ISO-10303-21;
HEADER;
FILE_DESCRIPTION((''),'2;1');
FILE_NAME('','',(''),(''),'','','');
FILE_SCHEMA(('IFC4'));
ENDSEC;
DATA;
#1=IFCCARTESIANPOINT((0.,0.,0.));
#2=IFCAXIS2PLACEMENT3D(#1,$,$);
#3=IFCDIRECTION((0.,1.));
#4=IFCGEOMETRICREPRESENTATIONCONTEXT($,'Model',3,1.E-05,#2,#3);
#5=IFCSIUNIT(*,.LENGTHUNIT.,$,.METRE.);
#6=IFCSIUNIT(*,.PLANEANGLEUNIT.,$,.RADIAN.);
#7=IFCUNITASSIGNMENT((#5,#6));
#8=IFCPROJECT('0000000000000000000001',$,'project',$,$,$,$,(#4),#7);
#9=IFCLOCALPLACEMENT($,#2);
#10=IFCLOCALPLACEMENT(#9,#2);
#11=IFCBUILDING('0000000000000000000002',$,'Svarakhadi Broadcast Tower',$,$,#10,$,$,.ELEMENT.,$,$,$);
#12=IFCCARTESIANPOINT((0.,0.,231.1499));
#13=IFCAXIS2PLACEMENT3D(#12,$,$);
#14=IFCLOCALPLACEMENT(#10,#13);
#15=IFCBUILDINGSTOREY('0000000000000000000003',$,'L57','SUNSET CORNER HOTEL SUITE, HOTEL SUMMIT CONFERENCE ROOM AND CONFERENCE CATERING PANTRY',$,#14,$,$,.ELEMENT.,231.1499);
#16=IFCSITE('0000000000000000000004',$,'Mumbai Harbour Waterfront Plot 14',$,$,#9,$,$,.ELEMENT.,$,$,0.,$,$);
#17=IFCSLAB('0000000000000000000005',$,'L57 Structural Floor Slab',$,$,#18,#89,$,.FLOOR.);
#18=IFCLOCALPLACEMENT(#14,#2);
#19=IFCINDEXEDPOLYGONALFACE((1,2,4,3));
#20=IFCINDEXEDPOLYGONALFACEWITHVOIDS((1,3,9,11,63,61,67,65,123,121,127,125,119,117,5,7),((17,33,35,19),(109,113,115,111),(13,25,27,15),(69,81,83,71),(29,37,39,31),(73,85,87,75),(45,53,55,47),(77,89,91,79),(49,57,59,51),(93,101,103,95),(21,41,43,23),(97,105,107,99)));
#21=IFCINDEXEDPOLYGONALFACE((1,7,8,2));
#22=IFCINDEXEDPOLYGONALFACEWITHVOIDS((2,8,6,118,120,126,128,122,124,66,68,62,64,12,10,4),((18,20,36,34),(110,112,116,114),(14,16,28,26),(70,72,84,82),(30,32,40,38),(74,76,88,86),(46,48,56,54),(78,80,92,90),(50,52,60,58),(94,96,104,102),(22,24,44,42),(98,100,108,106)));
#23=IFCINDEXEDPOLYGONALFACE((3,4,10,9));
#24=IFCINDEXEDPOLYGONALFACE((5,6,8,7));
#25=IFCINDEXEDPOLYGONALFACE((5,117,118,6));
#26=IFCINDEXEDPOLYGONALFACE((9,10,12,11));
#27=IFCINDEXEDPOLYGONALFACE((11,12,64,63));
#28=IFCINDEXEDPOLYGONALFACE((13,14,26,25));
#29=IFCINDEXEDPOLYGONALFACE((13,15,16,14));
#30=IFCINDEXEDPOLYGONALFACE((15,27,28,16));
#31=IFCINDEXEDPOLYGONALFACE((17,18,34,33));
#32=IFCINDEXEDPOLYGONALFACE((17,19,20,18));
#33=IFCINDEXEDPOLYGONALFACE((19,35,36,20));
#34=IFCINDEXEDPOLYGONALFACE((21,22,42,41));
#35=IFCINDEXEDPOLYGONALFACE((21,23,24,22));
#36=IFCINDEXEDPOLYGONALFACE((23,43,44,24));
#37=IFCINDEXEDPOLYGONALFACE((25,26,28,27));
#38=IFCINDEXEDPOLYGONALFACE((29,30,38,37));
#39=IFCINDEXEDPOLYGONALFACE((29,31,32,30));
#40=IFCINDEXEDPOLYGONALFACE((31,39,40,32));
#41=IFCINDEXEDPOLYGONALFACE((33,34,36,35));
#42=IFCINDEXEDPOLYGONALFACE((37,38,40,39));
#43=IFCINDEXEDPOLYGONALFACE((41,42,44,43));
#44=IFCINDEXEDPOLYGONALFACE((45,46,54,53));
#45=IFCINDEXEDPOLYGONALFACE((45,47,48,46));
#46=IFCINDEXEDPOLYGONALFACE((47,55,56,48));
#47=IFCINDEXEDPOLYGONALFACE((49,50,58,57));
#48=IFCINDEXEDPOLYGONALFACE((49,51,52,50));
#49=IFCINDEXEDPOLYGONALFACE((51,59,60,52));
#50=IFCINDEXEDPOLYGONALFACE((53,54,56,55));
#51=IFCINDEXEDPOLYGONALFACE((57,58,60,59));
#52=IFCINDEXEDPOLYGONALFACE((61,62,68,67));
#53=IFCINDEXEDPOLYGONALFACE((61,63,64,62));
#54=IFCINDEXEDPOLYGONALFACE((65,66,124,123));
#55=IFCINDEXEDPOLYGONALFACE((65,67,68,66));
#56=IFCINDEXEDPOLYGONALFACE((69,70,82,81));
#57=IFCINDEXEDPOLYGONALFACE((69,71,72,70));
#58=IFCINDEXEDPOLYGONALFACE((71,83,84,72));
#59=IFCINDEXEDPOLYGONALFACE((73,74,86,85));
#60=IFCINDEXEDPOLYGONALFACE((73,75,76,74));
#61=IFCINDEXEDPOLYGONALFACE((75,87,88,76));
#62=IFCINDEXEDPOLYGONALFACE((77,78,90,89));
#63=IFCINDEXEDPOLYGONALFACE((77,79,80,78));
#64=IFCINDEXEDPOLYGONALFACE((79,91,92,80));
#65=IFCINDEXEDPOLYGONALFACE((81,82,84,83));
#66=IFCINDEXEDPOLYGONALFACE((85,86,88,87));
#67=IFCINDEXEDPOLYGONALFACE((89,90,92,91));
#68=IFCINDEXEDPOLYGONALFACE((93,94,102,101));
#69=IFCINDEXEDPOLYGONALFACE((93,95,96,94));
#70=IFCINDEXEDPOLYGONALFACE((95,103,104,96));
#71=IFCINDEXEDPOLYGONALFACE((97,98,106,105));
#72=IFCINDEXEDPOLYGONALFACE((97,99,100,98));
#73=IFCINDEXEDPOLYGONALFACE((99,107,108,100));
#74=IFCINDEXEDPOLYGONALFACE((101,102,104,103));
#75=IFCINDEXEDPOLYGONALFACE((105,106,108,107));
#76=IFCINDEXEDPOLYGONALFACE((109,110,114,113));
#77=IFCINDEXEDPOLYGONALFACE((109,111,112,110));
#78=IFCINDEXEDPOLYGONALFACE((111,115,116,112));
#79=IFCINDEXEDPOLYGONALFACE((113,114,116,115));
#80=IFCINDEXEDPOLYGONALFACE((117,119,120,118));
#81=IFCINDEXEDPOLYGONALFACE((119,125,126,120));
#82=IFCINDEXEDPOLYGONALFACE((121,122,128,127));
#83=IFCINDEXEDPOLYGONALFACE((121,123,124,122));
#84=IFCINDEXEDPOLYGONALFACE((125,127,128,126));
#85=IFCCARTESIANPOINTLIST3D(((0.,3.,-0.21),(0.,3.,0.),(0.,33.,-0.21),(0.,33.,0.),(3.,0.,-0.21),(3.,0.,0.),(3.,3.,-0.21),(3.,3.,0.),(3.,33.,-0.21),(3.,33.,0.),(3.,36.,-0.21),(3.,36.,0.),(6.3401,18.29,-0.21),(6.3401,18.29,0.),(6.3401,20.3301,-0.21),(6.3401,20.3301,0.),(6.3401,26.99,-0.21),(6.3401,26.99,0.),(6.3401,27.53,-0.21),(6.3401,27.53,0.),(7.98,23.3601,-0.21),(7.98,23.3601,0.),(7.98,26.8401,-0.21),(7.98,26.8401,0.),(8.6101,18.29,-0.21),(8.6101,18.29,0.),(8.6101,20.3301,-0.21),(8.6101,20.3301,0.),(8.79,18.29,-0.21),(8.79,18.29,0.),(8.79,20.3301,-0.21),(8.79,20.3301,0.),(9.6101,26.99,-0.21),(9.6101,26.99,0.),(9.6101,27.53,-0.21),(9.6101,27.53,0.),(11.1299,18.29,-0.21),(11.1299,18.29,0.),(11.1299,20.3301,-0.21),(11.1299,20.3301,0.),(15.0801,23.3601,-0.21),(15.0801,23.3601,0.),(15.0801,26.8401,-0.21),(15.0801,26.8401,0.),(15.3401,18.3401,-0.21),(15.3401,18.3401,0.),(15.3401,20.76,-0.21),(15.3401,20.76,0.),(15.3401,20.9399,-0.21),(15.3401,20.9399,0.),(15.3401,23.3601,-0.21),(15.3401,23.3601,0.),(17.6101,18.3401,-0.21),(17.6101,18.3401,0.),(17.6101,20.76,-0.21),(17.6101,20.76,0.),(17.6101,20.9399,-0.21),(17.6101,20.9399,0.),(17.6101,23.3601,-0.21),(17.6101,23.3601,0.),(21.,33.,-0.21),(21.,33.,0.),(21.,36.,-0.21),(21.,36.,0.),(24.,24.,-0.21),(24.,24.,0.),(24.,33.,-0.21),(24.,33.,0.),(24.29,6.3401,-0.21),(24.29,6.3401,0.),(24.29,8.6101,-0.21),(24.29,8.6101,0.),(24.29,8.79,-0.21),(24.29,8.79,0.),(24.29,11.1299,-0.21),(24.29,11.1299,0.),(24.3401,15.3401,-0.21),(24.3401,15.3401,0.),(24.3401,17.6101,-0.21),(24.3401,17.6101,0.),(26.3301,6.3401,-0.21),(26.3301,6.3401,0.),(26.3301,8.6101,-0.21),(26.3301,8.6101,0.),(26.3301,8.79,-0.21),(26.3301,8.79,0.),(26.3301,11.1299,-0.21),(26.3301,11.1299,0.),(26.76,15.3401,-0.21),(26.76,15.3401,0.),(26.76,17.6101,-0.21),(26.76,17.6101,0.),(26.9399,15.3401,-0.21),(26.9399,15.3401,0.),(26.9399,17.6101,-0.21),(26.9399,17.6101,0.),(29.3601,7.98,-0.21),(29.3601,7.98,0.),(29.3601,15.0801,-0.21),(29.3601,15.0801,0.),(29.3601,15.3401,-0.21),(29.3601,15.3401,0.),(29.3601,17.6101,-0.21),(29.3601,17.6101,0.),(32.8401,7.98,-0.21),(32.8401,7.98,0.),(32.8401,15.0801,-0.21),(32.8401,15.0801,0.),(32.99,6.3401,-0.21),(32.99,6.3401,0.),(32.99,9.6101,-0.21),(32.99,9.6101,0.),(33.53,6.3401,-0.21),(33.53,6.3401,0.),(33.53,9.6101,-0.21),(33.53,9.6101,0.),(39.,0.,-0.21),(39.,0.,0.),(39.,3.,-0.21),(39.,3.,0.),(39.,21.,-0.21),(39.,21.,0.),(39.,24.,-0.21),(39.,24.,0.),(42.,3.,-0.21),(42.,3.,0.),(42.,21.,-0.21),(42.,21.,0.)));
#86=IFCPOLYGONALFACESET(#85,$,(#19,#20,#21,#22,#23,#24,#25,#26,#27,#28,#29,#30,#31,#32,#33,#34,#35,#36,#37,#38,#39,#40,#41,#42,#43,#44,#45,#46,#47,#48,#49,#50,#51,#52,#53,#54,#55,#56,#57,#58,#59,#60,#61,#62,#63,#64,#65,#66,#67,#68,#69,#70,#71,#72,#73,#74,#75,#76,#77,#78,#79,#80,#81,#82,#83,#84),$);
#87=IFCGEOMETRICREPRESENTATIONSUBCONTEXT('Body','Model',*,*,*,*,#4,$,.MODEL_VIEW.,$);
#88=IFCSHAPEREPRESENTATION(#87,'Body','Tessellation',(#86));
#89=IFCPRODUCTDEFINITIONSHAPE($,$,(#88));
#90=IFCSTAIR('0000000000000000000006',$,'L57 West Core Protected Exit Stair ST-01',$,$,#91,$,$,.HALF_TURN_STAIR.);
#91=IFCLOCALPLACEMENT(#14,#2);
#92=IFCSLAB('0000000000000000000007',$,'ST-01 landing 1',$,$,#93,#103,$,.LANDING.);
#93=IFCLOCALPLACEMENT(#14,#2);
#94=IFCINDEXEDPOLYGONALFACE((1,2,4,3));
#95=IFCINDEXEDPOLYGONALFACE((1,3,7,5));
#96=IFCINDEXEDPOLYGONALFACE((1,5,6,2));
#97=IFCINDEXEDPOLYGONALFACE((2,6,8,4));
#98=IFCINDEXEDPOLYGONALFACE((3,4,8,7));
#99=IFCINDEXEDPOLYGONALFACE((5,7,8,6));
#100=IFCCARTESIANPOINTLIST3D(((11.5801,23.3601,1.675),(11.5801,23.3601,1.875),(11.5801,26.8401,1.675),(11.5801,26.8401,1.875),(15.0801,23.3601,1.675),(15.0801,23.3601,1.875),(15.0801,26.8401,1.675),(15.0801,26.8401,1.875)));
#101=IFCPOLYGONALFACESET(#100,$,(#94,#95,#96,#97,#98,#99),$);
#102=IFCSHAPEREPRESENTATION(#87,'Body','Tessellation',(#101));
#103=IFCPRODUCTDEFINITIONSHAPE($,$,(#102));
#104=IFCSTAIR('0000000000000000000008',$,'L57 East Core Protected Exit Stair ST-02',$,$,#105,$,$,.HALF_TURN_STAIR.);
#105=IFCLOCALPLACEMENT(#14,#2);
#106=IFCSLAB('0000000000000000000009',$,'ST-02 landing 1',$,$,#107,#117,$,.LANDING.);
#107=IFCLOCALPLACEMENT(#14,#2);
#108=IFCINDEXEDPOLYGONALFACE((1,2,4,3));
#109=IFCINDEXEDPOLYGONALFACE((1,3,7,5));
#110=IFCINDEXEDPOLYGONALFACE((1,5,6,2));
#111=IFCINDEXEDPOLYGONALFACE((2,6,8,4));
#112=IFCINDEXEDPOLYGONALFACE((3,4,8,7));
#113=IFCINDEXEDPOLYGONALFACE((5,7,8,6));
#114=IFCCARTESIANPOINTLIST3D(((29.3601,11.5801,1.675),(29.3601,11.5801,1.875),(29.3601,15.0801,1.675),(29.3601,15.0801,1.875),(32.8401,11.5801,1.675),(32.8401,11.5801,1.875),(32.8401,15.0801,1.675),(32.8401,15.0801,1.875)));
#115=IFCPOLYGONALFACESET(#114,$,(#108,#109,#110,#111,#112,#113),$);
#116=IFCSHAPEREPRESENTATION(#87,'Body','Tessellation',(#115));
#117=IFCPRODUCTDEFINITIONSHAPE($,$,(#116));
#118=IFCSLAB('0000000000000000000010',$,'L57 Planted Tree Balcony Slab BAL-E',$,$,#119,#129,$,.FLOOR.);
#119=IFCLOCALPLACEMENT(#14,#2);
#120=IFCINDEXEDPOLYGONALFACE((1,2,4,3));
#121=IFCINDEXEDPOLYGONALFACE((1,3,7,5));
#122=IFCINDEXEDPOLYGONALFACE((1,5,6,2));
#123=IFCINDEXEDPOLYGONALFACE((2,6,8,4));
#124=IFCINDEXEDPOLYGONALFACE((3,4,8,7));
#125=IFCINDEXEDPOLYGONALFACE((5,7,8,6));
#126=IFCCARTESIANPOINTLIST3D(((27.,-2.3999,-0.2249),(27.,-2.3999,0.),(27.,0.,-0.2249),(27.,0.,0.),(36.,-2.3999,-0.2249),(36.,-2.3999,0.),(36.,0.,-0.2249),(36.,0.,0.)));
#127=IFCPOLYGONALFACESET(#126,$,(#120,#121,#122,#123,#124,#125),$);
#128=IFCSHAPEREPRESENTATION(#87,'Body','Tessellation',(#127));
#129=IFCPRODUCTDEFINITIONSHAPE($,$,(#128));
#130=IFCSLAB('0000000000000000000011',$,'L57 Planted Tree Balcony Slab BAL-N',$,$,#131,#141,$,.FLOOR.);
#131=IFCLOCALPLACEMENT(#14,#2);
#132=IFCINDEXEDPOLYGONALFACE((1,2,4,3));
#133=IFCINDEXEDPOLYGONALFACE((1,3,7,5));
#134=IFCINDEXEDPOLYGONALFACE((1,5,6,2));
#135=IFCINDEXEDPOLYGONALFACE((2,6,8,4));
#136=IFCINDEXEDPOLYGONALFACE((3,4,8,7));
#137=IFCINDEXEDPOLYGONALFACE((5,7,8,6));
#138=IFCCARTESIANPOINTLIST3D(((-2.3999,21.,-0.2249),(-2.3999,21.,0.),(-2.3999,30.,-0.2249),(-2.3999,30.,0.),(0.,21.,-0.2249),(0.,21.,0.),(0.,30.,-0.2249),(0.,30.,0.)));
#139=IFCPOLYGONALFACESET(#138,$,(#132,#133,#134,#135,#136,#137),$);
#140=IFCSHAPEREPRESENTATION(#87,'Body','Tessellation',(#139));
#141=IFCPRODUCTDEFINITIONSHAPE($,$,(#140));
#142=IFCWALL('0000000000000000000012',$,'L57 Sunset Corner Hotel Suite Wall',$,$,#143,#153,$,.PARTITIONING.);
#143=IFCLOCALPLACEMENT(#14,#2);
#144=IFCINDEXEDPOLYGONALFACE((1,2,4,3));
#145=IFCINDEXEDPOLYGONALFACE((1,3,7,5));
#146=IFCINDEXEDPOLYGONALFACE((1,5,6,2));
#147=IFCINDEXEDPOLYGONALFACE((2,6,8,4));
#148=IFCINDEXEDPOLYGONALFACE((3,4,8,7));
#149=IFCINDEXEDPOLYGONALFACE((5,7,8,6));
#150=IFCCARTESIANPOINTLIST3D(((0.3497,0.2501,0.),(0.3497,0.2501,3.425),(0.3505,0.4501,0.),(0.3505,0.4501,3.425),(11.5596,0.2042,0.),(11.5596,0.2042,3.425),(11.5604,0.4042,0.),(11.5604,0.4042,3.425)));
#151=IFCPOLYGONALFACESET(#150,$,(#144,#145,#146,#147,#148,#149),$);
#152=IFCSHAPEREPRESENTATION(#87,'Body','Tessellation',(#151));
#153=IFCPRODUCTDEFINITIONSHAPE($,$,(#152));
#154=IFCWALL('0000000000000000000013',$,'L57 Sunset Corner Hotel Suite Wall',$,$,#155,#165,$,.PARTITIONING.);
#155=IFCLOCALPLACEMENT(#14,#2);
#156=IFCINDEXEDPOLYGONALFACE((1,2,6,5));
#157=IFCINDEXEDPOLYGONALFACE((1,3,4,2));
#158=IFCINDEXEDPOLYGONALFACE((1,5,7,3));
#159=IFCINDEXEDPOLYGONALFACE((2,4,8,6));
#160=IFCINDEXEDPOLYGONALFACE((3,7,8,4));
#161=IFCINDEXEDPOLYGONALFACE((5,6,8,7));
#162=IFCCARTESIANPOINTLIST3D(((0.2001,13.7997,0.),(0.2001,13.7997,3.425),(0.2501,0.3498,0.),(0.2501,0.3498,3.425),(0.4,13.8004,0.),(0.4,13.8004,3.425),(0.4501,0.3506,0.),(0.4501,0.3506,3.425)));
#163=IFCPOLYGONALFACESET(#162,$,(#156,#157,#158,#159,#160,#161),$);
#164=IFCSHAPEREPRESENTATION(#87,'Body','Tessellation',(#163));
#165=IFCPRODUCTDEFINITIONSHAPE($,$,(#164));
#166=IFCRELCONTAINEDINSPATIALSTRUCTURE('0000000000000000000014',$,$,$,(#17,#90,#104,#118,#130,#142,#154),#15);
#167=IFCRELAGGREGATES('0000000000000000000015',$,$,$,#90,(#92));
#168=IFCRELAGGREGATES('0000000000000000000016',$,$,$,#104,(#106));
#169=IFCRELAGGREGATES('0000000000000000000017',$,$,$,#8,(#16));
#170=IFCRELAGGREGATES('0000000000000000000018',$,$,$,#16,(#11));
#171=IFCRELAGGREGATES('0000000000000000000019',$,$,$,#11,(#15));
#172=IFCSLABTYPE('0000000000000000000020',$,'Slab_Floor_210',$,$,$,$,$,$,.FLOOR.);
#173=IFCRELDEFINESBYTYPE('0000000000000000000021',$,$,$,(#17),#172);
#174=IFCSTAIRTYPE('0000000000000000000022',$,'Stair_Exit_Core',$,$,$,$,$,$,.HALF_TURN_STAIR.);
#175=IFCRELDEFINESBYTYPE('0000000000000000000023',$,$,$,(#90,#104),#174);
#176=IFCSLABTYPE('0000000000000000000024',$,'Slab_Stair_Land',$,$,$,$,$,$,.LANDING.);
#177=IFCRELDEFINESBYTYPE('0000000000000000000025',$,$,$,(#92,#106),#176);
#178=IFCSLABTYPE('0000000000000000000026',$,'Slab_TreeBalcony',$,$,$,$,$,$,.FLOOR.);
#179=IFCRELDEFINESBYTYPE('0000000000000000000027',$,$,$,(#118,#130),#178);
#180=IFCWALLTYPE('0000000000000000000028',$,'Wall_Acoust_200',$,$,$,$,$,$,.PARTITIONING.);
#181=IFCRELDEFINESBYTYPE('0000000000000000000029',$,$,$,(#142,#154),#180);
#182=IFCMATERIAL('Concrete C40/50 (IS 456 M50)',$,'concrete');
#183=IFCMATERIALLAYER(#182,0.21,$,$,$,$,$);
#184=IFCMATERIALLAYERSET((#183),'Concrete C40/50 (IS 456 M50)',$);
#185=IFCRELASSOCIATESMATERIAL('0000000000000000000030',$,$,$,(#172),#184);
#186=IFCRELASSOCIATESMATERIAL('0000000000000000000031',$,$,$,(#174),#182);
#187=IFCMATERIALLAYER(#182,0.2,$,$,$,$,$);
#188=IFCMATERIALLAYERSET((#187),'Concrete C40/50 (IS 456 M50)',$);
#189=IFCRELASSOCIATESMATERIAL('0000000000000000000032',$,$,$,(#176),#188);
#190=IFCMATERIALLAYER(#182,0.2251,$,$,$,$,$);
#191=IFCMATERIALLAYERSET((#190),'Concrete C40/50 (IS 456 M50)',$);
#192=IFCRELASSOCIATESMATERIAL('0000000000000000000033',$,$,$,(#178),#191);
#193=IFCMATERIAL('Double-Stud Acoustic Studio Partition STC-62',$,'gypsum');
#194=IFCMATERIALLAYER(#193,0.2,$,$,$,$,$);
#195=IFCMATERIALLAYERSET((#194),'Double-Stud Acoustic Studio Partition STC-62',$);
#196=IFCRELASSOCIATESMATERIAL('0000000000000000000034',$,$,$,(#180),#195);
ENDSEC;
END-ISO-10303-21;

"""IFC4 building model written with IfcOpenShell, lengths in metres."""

from ifc_helpers import new_model, si_unit, direction, frame, frame_2d, origin, place, context, subcontext, project, spatial, polyline, rectangle, outline, extrude, material, layer, layer_set, type_object, element, aggregate, save


model = new_model("IFC4")

# Units and contexts
model_context = context("Model", 3, precision=1e-05, world=origin(), true_north=direction((0.0, 1.0)))
body_context = subcontext(model_context, "Body", "Model", "MODEL_VIEW")
ifc_project = project(units=[si_unit("LENGTHUNIT", "METRE"), si_unit("PLANEANGLEUNIT", "RADIAN")], contexts=[model_context])

# Site, building, storey
site_placement = place(None, origin())
site = spatial("IfcSite", under=ifc_project, at=site_placement, Name="Mumbai Harbour Waterfront Plot 14", CompositionType="ELEMENT", RefElevation=0.0)
building_placement = place(site_placement, origin())
building = spatial("IfcBuilding", under=site, at=building_placement, Name="Svarakhadi Broadcast Tower", CompositionType="ELEMENT")
storey_placement = place(building_placement, frame((0.0, 0.0, 231.1499)))
storey = spatial("IfcBuildingStorey", under=building, at=storey_placement, Name="L57", Description="SUNSET CORNER HOTEL SUITE, HOTEL SUMMIT CONFERENCE ROOM AND CONFERENCE CATERING PANTRY", CompositionType="ELEMENT", Elevation=231.1499)

# Slab
ifc_material_1 = material(Name="Concrete C40/50 (IS 456 M50)", Category="concrete")
ifc_layer_1 = layer(ifc_material_1, 0.21)
ifc_layer_set_1 = layer_set([ifc_layer_1], Name="Concrete C40/50 (IS 456 M50)")
slab_type_1 = type_object("IfcSlabType", Name="Slab_Floor_210", PredefinedType="FLOOR", material=ifc_layer_set_1)
slab_1_placement = place(storey_placement, frame((0.0, 0.0, -0.21)))
element("IfcSlab", 1, at=slab_1_placement, inside=storey, type_object=slab_type_1, Name="L57 Structural Floor Slab", PredefinedType="FLOOR", context=body_context, shape_type="SweptSolid", body=[
    extrude(outline(polyline([(3.0, 0.0), (39.0, 0.0), (39.0, 3.0), (42.0, 3.0), (42.0, 21.0), (39.0, 21.0), (39.0, 24.0), (24.0, 24.0), (24.0, 33.0), (21.0, 33.0), (21.0, 36.0), (3.0, 36.0), (3.0, 33.0), (0.0, 33.0), (0.0, 3.0), (3.0, 3.0), (3.0, 0.0)]), holes=[polyline([(7.98, 23.3601), (15.0801, 23.3601), (15.0801, 26.8401), (7.98, 26.8401), (7.98, 23.3601)]), polyline([(32.8401, 7.98), (32.8401, 15.0801), (29.3601, 15.0801), (29.3601, 7.98), (32.8401, 7.98)]), polyline([(6.3401, 18.29), (8.6101, 18.29), (8.6101, 20.3301), (6.3401, 20.3301), (6.3401, 18.29)]), polyline([(8.79, 18.29), (11.1299, 18.29), (11.1299, 20.3301), (8.79, 20.3301), (8.79, 18.29)]), polyline([(24.29, 6.3401), (26.3301, 6.3401), (26.3301, 8.6101), (24.29, 8.6101), (24.29, 6.3401)]), polyline([(24.29, 8.79), (26.3301, 8.79), (26.3301, 11.1299), (24.29, 11.1299), (24.29, 8.79)]), polyline([(6.3401, 26.99), (9.6101, 26.99), (9.6101, 27.53), (6.3401, 27.53), (6.3401, 26.99)]), polyline([(32.99, 6.3401), (33.53, 6.3401), (33.53, 9.6101), (32.99, 9.6101), (32.99, 6.3401)]), polyline([(15.3401, 18.3401), (17.6101, 18.3401), (17.6101, 20.76), (15.3401, 20.76), (15.3401, 18.3401)]), polyline([(15.3401, 20.9399), (17.6101, 20.9399), (17.6101, 23.3601), (15.3401, 23.3601), (15.3401, 20.9399)]), polyline([(24.3401, 15.3401), (26.76, 15.3401), (26.76, 17.6101), (24.3401, 17.6101), (24.3401, 15.3401)]), polyline([(26.9399, 15.3401), (29.3601, 15.3401), (29.3601, 17.6101), (26.9399, 17.6101), (26.9399, 15.3401)])]), origin(), (0.0, 0.0, 1.0), 0.21),
])

# Stairs, slabs
stair_type = type_object("IfcStairType", Name="Stair_Exit_Core", PredefinedType="HALF_TURN_STAIR", material=ifc_material_1)
stair_1_placement = place(storey_placement, origin())
stair_1 = element("IfcStair", 2, at=stair_1_placement, inside=storey, type_object=stair_type, Name="L57 West Core Protected Exit Stair ST-01", PredefinedType="HALF_TURN_STAIR")
ifc_layer_2 = layer(ifc_material_1, 0.2)
ifc_layer_set_2 = layer_set([ifc_layer_2], Name="Concrete C40/50 (IS 456 M50)")
slab_type_2 = type_object("IfcSlabType", Name="Slab_Stair_Land", PredefinedType="LANDING", material=ifc_layer_set_2)
slab_2_placement = place(storey_placement, frame((0.0, 0.0, 1.675)))
slab_2 = element("IfcSlab", 3, at=slab_2_placement, type_object=slab_type_2, Name="ST-01 landing 1", PredefinedType="LANDING", context=body_context, shape_type="SweptSolid", body=[
    extrude(outline(polyline([(11.5801, 23.3601), (15.0801, 23.3601), (15.0801, 26.8401), (11.5801, 26.8401), (11.5801, 23.3601)])), origin(), (0.0, 0.0, 1.0), 0.2),
])
aggregate(stair_1, [slab_2])
stair_2_placement = place(storey_placement, origin())
stair_2 = element("IfcStair", 4, at=stair_2_placement, inside=storey, type_object=stair_type, Name="L57 East Core Protected Exit Stair ST-02", PredefinedType="HALF_TURN_STAIR")
slab_3_placement = place(storey_placement, frame((0.0, 0.0, 1.675)))
slab_3 = element("IfcSlab", 5, at=slab_3_placement, type_object=slab_type_2, Name="ST-02 landing 1", PredefinedType="LANDING", context=body_context, shape_type="SweptSolid", body=[
    extrude(outline(polyline([(32.8401, 11.5801), (32.8401, 15.0801), (29.3601, 15.0801), (29.3601, 11.5801), (32.8401, 11.5801)])), origin(), (0.0, 0.0, 1.0), 0.2),
])
aggregate(stair_2, [slab_3])

# Slabs
ifc_layer_3 = layer(ifc_material_1, 0.2251)
ifc_layer_set_3 = layer_set([ifc_layer_3], Name="Concrete C40/50 (IS 456 M50)")
slab_type_3 = type_object("IfcSlabType", Name="Slab_TreeBalcony", PredefinedType="FLOOR", material=ifc_layer_set_3)
slab_4_placement = place(storey_placement, frame((0.0, 0.0, -0.2249)))
element("IfcSlab", 6, at=slab_4_placement, inside=storey, type_object=slab_type_3, Name="L57 Planted Tree Balcony Slab BAL-E", PredefinedType="FLOOR", context=body_context, shape_type="SweptSolid", body=[
    extrude(outline(polyline([(27.0, -2.3999), (36.0, -2.3999), (36.0, 0.0), (27.0, 0.0), (27.0, -2.3999)])), origin(), (0.0, 0.0, 1.0), 0.2249),
])
slab_5_placement = place(storey_placement, frame((0.0, 0.0, -0.2249)))
element("IfcSlab", 7, at=slab_5_placement, inside=storey, type_object=slab_type_3, Name="L57 Planted Tree Balcony Slab BAL-N", PredefinedType="FLOOR", context=body_context, shape_type="SweptSolid", body=[
    extrude(outline(polyline([(-2.3999, 21.0), (0.0, 21.0), (0.0, 30.0), (-2.3999, 30.0), (-2.3999, 21.0)])), origin(), (0.0, 0.0, 1.0), 0.2249),
])

# Walls
ifc_material_2 = material(Name="Double-Stud Acoustic Studio Partition STC-62", Category="gypsum")
ifc_layer_4 = layer(ifc_material_2, 0.2)
ifc_layer_set_4 = layer_set([ifc_layer_4], Name="Double-Stud Acoustic Studio Partition STC-62")
wall_type = type_object("IfcWallType", Name="Wall_Acoust_200", PredefinedType="PARTITIONING", material=ifc_layer_set_4)
wall_1_placement = place(storey_placement, frame((0.3501, 0.3501, 0.0), z_axis=(0.0, 0.0, 1.0), x_axis=(0.999992, -0.004094, 0.0)))
element("IfcWall", 8, at=wall_1_placement, inside=storey, type_object=wall_type, Name="L57 Sunset Corner Hotel Suite Wall", PredefinedType="PARTITIONING", context=body_context, shape_type="SweptSolid", body=[
    extrude(rectangle(XDim=11.21, YDim=0.2, at=frame_2d((5.605, 0.0))), origin(), (0.0, 0.0, 1.0), 3.425),
])
wall_2_placement = place(storey_placement, frame((0.3501, 0.3501, 0.0), z_axis=(0.0, 0.0, 1.0), x_axis=(-0.003721, 0.999993, 0.0)))
element("IfcWall", 9, at=wall_2_placement, inside=storey, type_object=wall_type, Name="L57 Sunset Corner Hotel Suite Wall", PredefinedType="PARTITIONING", context=body_context, shape_type="SweptSolid", body=[
    extrude(rectangle(XDim=13.45, YDim=0.2, at=frame_2d((6.7251, 0.0))), origin(), (0.0, 0.0, 1.0), 3.425),
])

save(model, "model.ifc")
